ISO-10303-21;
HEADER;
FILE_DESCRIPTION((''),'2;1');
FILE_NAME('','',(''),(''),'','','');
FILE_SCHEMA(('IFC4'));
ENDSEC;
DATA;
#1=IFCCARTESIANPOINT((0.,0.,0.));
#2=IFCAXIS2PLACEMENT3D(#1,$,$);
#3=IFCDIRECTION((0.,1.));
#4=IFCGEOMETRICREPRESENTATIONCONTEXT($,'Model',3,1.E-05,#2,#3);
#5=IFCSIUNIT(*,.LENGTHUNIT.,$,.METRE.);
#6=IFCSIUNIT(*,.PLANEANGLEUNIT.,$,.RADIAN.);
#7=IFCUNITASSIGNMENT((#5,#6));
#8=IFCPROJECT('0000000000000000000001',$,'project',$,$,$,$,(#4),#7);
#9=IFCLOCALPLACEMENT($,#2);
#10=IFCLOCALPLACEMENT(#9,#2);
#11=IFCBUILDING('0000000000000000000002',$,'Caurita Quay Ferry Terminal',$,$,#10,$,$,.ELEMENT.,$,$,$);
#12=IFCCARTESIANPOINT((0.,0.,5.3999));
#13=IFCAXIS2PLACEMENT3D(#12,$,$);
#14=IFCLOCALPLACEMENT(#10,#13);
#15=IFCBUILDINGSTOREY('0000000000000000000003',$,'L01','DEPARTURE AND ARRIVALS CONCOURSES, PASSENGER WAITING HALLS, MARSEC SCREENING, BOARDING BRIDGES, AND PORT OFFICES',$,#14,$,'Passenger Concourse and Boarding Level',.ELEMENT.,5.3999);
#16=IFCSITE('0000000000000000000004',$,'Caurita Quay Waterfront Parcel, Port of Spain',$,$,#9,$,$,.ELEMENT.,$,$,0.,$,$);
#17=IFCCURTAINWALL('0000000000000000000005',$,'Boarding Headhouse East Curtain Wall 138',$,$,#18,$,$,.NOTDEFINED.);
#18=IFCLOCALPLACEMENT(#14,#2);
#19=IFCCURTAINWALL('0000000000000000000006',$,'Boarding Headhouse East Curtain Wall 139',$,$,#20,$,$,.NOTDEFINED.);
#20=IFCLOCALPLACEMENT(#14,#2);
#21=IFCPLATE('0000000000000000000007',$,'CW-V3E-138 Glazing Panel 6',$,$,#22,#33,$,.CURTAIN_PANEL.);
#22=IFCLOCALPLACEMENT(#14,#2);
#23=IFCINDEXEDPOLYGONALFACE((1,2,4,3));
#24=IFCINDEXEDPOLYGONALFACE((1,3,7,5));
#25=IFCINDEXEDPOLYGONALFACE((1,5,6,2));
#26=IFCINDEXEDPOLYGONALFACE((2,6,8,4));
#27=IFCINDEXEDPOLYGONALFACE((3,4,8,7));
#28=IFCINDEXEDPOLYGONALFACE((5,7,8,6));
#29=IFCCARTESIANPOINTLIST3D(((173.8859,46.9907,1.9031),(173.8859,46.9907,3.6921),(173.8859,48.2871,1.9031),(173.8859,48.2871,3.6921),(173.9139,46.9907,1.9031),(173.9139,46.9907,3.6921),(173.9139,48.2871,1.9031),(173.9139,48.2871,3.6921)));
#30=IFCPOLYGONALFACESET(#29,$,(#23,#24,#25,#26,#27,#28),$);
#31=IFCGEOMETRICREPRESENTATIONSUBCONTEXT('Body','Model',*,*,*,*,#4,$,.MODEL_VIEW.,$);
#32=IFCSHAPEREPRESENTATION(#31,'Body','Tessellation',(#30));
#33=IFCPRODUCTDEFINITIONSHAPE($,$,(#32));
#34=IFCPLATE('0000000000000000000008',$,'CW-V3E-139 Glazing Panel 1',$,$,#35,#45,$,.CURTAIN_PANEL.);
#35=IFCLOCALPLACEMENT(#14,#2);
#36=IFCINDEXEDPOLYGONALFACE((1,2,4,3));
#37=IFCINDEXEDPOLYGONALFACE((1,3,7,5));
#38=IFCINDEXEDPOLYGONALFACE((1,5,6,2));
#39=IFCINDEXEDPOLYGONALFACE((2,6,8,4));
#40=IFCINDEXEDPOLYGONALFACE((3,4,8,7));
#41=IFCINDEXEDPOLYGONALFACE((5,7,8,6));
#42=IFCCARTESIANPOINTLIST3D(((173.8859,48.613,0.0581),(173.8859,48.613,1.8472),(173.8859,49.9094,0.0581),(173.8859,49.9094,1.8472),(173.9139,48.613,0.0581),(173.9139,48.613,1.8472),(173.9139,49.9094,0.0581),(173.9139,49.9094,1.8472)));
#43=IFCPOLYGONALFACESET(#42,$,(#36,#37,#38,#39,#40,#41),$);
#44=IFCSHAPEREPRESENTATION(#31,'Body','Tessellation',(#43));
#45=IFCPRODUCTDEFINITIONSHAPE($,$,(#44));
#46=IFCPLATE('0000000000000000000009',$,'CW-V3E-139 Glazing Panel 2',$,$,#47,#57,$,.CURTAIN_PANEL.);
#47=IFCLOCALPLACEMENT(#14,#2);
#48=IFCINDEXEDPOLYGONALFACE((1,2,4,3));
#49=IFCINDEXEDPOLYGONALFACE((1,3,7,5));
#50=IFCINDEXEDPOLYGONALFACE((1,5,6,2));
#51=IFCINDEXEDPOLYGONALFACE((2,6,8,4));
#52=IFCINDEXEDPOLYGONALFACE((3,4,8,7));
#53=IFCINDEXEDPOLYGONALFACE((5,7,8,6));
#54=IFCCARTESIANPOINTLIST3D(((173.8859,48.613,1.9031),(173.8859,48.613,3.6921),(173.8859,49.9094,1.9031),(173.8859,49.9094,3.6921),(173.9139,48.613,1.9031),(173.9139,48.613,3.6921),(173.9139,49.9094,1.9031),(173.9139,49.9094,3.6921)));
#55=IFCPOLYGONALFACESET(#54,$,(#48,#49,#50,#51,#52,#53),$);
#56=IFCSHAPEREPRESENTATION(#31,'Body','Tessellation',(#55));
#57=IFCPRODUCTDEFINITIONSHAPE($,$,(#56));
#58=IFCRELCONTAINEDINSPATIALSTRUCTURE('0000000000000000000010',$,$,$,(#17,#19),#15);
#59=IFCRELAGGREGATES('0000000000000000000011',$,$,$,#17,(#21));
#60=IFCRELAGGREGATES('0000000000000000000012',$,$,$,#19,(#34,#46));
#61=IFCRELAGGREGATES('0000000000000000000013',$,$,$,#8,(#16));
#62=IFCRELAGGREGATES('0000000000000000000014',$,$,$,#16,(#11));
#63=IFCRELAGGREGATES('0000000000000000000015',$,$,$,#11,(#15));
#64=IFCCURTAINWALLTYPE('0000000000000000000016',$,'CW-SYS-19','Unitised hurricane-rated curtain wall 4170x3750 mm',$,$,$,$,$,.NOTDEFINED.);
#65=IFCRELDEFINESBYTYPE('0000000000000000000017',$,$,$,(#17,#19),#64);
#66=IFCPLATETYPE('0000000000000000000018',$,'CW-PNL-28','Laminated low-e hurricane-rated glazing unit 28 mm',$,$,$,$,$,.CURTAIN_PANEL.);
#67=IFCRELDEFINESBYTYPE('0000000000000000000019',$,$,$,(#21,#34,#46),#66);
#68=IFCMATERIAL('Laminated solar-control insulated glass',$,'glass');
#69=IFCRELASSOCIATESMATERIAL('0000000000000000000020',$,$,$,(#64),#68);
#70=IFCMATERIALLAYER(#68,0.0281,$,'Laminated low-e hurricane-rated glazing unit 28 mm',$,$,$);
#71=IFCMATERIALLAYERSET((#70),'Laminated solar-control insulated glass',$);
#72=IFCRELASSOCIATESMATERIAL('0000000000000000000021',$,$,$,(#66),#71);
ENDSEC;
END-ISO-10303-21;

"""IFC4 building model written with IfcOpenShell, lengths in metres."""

from ifc_helpers import new_model, si_unit, direction, frame, origin, origin_2d, place, context, subcontext, project, spatial, rectangle, extrude, material, layer, layer_set, type_object, element, aggregate, save


model = new_model("IFC4")

# Units and contexts
model_context = context("Model", 3, precision=1e-05, world=origin(), true_north=direction((0.0, 1.0)))
body_context = subcontext(model_context, "Body", "Model", "MODEL_VIEW")
ifc_project = project(units=[si_unit("LENGTHUNIT", "METRE"), si_unit("PLANEANGLEUNIT", "RADIAN")], contexts=[model_context])

# Site, building, storey
site_placement = place(None, origin())
site = spatial("IfcSite", under=ifc_project, at=site_placement, Name="Caurita Quay Waterfront Parcel, Port of Spain", CompositionType="ELEMENT", RefElevation=0.0)
building_placement = place(site_placement, origin())
building = spatial("IfcBuilding", under=site, at=building_placement, Name="Caurita Quay Ferry Terminal", CompositionType="ELEMENT")
storey_placement = place(building_placement, frame((0.0, 0.0, 5.3999)))
storey = spatial("IfcBuildingStorey", under=building, at=storey_placement, Name="L01", Description="DEPARTURE AND ARRIVALS CONCOURSES, PASSENGER WAITING HALLS, MARSEC SCREENING, BOARDING BRIDGES, AND PORT OFFICES", LongName="Passenger Concourse and Boarding Level", CompositionType="ELEMENT", Elevation=5.3999)

# Curtain walls
ifc_material_1 = material(Name="Laminated solar-control insulated glass", Category="glass")
curtain_wall_type = type_object("IfcCurtainWallType", Name="CW-SYS-19", Description="Unitised hurricane-rated curtain wall 4170x3750 mm", PredefinedType="NOTDEFINED", material=ifc_material_1)
curtain_wall_1_placement = place(storey_placement, origin())
curtain_wall_1 = element("IfcCurtainWall", 1, at=curtain_wall_1_placement, inside=storey, type_object=curtain_wall_type, Name="Boarding Headhouse East Curtain Wall 138", PredefinedType="NOTDEFINED")
curtain_wall_2_placement = place(storey_placement, origin())
curtain_wall_2 = element("IfcCurtainWall", 2, at=curtain_wall_2_placement, inside=storey, type_object=curtain_wall_type, Name="Boarding Headhouse East Curtain Wall 139", PredefinedType="NOTDEFINED")

# Plates
ifc_layer = layer(ifc_material_1, 0.0281, Name="Laminated low-e hurricane-rated glazing unit 28 mm")
ifc_layer_set = layer_set([ifc_layer], Name="Laminated solar-control insulated glass")
plate_type = type_object("IfcPlateType", Name="CW-PNL-28", Description="Laminated low-e hurricane-rated glazing unit 28 mm", PredefinedType="CURTAIN_PANEL", material=ifc_layer_set)
plate_1_placement = place(storey_placement, frame((173.8999, 47.6389, 1.9031), z_axis=(0.0, 0.0, 1.0), x_axis=(0.0, 1.0, 0.0)))
plate_1 = element("IfcPlate", 3, at=plate_1_placement, type_object=plate_type, Name="CW-V3E-138 Glazing Panel 6", PredefinedType="CURTAIN_PANEL", context=body_context, shape_type="SweptSolid", body=[
    extrude(rectangle(XDim=1.2964, YDim=0.0281, at=origin_2d()), origin(), (0.0, 0.0, 1.0), 1.7891),
])
aggregate(curtain_wall_1, [plate_1])
plate_2_placement = place(storey_placement, frame((173.8999, 49.2612, 0.0581), z_axis=(0.0, 0.0, 1.0), x_axis=(0.0, 1.0, 0.0)))
plate_2 = element("IfcPlate", 4, at=plate_2_placement, type_object=plate_type, Name="CW-V3E-139 Glazing Panel 1", PredefinedType="CURTAIN_PANEL", context=body_context, shape_type="SweptSolid", body=[
    extrude(rectangle(XDim=1.2964, YDim=0.0281, at=origin_2d()), origin(), (0.0, 0.0, 1.0), 1.7891),
])
plate_3_placement = place(storey_placement, frame((173.8999, 49.2612, 1.9031), z_axis=(0.0, 0.0, 1.0), x_axis=(0.0, 1.0, 0.0)))
plate_3 = element("IfcPlate", 5, at=plate_3_placement, type_object=plate_type, Name="CW-V3E-139 Glazing Panel 2", PredefinedType="CURTAIN_PANEL", context=body_context, shape_type="SweptSolid", body=[
    extrude(rectangle(XDim=1.2964, YDim=0.0281, at=origin_2d()), origin(), (0.0, 0.0, 1.0), 1.7891),
])
aggregate(curtain_wall_2, [plate_2, plate_3])

save(model, "model.ifc")
